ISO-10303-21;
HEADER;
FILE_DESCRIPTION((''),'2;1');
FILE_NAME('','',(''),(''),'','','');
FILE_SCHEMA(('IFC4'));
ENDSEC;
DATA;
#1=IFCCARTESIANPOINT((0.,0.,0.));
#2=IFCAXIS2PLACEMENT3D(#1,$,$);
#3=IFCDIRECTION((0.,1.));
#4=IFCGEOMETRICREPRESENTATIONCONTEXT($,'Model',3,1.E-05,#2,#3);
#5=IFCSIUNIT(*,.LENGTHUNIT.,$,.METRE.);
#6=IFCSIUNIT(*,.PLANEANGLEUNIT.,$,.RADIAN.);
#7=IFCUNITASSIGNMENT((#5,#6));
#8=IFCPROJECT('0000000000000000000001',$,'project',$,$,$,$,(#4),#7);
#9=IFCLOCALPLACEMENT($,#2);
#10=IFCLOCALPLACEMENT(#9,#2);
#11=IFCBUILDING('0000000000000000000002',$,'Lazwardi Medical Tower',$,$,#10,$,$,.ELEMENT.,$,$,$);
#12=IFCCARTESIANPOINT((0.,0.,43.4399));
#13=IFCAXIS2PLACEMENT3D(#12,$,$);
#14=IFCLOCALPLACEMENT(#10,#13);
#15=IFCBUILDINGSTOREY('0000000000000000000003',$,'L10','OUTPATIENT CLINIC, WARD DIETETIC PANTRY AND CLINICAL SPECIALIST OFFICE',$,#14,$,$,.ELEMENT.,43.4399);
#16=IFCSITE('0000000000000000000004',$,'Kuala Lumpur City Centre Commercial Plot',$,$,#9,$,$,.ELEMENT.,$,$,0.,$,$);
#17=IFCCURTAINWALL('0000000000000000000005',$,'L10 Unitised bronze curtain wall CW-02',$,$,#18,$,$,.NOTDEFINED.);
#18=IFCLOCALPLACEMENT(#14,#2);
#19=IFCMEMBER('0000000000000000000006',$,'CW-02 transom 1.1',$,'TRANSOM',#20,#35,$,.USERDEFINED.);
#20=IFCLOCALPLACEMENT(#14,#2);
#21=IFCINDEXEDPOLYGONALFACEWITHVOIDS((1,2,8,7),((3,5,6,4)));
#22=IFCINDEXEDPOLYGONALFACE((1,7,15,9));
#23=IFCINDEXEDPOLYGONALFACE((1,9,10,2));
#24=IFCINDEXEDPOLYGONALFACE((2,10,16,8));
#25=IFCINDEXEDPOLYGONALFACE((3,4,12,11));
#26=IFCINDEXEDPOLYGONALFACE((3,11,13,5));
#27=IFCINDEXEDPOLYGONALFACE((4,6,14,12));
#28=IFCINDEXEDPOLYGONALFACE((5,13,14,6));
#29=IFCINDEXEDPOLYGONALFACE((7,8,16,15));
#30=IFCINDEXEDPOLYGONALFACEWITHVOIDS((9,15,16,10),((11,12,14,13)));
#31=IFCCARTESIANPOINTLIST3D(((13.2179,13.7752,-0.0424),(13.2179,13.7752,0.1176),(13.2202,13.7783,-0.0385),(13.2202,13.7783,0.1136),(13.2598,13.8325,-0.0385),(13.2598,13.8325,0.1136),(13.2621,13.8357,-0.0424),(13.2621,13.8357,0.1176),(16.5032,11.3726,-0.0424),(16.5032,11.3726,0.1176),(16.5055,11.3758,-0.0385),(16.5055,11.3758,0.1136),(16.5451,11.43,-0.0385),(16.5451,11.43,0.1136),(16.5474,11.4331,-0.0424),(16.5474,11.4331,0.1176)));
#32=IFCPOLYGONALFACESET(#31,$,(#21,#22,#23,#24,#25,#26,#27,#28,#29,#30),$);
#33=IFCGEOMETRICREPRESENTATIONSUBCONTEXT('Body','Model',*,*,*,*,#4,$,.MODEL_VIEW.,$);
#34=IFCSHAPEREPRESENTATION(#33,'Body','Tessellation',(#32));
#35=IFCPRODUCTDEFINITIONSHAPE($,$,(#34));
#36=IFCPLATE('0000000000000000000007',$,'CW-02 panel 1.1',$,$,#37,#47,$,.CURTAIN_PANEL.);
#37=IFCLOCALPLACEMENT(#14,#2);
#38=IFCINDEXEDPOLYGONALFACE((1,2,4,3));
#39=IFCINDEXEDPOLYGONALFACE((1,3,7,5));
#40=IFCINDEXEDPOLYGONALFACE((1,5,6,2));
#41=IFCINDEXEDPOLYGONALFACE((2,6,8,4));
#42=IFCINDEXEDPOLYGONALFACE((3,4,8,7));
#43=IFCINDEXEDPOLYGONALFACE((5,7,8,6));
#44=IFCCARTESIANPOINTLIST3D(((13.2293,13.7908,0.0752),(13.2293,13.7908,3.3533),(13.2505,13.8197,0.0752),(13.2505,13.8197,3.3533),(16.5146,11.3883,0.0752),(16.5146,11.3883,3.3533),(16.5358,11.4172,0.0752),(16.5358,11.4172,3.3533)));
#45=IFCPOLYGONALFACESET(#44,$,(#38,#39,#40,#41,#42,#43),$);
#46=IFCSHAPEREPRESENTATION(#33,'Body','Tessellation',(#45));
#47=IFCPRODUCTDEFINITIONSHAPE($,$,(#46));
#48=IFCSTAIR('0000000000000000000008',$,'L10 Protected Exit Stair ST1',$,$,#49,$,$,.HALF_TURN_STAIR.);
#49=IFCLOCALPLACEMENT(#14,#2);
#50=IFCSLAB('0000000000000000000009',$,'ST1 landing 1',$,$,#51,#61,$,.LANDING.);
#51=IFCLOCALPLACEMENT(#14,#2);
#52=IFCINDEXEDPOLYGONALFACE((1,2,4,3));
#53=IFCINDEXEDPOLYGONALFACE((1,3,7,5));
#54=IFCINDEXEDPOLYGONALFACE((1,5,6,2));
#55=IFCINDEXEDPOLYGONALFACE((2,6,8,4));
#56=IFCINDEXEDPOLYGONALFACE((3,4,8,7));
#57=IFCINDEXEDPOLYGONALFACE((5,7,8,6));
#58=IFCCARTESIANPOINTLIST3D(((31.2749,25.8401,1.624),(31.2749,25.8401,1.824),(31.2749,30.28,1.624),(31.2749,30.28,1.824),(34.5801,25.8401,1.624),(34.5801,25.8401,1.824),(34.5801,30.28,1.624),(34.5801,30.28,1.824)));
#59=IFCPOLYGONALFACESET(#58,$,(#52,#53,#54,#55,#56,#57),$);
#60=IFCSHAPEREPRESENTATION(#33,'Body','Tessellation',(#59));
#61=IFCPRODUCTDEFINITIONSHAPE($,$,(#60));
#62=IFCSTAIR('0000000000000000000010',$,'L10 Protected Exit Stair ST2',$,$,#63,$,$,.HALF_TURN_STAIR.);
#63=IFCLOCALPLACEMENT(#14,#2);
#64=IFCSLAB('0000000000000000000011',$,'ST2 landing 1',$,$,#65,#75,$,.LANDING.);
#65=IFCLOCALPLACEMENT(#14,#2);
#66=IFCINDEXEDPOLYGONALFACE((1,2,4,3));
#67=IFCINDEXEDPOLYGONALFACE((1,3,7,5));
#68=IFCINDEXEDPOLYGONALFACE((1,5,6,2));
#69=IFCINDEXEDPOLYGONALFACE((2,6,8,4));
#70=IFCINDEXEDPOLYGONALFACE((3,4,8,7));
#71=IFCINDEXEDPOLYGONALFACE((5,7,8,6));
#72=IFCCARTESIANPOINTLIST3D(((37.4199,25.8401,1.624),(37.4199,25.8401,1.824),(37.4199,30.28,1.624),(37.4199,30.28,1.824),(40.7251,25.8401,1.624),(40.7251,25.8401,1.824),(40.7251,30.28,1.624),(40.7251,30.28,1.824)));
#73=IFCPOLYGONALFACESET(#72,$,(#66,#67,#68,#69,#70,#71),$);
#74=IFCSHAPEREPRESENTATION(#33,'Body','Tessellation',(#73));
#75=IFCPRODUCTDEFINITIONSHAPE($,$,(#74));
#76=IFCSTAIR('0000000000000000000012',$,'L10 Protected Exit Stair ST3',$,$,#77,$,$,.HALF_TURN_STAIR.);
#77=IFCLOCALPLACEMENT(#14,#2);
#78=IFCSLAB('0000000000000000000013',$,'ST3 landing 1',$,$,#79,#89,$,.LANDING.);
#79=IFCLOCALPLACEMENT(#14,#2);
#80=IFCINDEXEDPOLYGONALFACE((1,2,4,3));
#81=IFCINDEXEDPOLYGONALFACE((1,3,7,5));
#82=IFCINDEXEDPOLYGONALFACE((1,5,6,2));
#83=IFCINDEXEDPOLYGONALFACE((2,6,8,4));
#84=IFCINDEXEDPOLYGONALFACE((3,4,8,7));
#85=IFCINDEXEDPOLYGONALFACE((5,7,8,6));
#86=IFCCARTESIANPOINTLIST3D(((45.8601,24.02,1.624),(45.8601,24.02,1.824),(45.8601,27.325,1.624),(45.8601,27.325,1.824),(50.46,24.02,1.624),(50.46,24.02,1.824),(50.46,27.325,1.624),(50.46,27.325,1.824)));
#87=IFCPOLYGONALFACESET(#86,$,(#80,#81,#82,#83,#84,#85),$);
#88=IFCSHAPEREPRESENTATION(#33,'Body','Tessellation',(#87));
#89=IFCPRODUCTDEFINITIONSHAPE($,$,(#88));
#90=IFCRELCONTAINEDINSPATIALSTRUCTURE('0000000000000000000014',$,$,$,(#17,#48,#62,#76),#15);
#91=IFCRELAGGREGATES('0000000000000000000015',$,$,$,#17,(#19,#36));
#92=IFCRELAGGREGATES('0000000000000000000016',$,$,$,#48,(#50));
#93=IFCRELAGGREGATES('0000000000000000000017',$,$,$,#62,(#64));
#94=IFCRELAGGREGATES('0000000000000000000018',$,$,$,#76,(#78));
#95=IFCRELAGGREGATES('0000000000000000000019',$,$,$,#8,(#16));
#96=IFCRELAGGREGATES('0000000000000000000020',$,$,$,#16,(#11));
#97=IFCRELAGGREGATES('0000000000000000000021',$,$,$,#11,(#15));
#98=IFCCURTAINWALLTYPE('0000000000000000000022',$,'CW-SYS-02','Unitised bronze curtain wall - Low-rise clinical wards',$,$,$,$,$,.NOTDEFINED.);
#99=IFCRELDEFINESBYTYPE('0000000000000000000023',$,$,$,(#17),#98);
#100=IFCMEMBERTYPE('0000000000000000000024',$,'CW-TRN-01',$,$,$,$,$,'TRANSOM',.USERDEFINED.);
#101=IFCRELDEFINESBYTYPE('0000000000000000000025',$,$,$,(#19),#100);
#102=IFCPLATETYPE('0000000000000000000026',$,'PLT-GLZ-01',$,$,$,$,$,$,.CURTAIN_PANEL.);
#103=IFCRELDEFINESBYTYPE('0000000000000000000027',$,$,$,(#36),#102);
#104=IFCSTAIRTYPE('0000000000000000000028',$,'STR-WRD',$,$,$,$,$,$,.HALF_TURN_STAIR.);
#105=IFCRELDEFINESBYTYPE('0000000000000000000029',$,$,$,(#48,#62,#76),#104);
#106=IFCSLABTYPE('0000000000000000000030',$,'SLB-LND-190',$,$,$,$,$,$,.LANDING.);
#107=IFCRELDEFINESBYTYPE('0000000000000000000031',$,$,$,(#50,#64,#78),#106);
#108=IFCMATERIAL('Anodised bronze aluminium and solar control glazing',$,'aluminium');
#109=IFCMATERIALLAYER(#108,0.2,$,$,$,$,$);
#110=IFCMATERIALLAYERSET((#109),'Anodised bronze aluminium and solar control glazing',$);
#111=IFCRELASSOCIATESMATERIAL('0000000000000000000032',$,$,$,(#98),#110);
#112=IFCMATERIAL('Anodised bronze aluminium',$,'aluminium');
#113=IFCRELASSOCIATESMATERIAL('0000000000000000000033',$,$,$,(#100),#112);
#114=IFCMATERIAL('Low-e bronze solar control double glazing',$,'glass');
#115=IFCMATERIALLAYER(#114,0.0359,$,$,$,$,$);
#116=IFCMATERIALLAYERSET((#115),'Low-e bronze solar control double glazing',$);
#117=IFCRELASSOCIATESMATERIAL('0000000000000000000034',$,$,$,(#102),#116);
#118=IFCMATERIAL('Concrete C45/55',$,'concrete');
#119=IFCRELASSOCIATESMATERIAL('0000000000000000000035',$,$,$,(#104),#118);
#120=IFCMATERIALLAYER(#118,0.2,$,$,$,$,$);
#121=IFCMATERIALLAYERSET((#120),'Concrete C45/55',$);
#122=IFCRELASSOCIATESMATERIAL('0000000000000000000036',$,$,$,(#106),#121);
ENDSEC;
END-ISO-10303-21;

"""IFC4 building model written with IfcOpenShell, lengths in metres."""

from ifc_helpers import new_model, si_unit, direction, frame, origin, origin_2d, place, context, subcontext, project, spatial, polyline, rectangle, hollow_rectangle, outline, extrude, material, layer, layer_set, material_profile, profile_set, type_object, element, aggregate, save


model = new_model("IFC4")

# Units and contexts
model_context = context("Model", 3, precision=1e-05, world=origin(), true_north=direction((0.0, 1.0)))
body_context = subcontext(model_context, "Body", "Model", "MODEL_VIEW")
ifc_project = project(units=[si_unit("LENGTHUNIT", "METRE"), si_unit("PLANEANGLEUNIT", "RADIAN")], contexts=[model_context])

# Site, building, storey
site_placement = place(None, origin())
site = spatial("IfcSite", under=ifc_project, at=site_placement, Name="Kuala Lumpur City Centre Commercial Plot", CompositionType="ELEMENT", RefElevation=0.0)
building_placement = place(site_placement, origin())
building = spatial("IfcBuilding", under=site, at=building_placement, Name="Lazwardi Medical Tower", CompositionType="ELEMENT")
storey_placement = place(building_placement, frame((0.0, 0.0, 43.4399)))
storey = spatial("IfcBuildingStorey", under=building, at=storey_placement, Name="L10", Description="OUTPATIENT CLINIC, WARD DIETETIC PANTRY AND CLINICAL SPECIALIST OFFICE", CompositionType="ELEMENT", Elevation=43.4399)

# Curtain wall, member, plate
ifc_material_1 = material(Name="Anodised bronze aluminium and solar control glazing", Category="aluminium")
ifc_layer_1 = layer(ifc_material_1, 0.2)
ifc_layer_set_1 = layer_set([ifc_layer_1], Name="Anodised bronze aluminium and solar control glazing")
curtain_wall_type = type_object("IfcCurtainWallType", Name="CW-SYS-02", Description="Unitised bronze curtain wall - Low-rise clinical wards", PredefinedType="NOTDEFINED", material=ifc_layer_set_1)
curtain_wall_placement = place(storey_placement, origin())
curtain_wall = element("IfcCurtainWall", 1, at=curtain_wall_placement, inside=storey, type_object=curtain_wall_type, Name="L10 Unitised bronze curtain wall CW-02", PredefinedType="NOTDEFINED")
ifc_material_2 = material(Name="Anodised bronze aluminium", Category="aluminium")
ifc_material_profile = material_profile(ifc_material_2, hollow_rectangle(XDim=0.075, YDim=0.1599, WallThickness=0.0039, at=origin_2d()), Name="ALU-TRANSOM 160x75x4")
ifc_profile_set = profile_set([ifc_material_profile], Name="Anodised bronze aluminium")
member_type = type_object("IfcMemberType", Name="CW-TRN-01", ElementType="TRANSOM", PredefinedType="USERDEFINED", material=ifc_profile_set)
member_placement = place(storey_placement, frame((13.24, 13.8054, 0.0376), z_axis=(0.80719, -0.590292, 0.0), x_axis=(0.590292, 0.80719, 0.0)))
member = element("IfcMember", 2, at=member_placement, type_object=member_type, Name="CW-02 transom 1.1", ObjectType="TRANSOM", PredefinedType="USERDEFINED", context=body_context, shape_type="SweptSolid", body=[
    extrude(hollow_rectangle(XDim=0.075, YDim=0.1599, WallThickness=0.0039, at=origin_2d()), origin(), (0.0, 0.0, 1.0), 4.0701),
])
ifc_material_3 = material(Name="Low-e bronze solar control double glazing", Category="glass")
ifc_layer_2 = layer(ifc_material_3, 0.0359)
ifc_layer_set_2 = layer_set([ifc_layer_2], Name="Low-e bronze solar control double glazing")
plate_type = type_object("IfcPlateType", Name="PLT-GLZ-01", PredefinedType="CURTAIN_PANEL", material=ifc_layer_set_2)
plate_placement = place(storey_placement, frame((14.8826, 12.604, 0.0752), z_axis=(0.0, 0.0, 1.0), x_axis=(0.807192, -0.590289, 0.0)))
plate = element("IfcPlate", 3, at=plate_placement, type_object=plate_type, Name="CW-02 panel 1.1", PredefinedType="CURTAIN_PANEL", context=body_context, shape_type="SweptSolid", body=[
    extrude(rectangle(XDim=4.0701, YDim=0.0359, at=origin_2d()), origin(), (0.0, 0.0, 1.0), 3.2781),
])
aggregate(curtain_wall, [member, plate])

# Stairs, slabs
ifc_material_4 = material(Name="Concrete C45/55", Category="concrete")
stair_type = type_object("IfcStairType", Name="STR-WRD", PredefinedType="HALF_TURN_STAIR", material=ifc_material_4)
stair_1_placement = place(storey_placement, origin())
stair_1 = element("IfcStair", 4, at=stair_1_placement, inside=storey, type_object=stair_type, Name="L10 Protected Exit Stair ST1", PredefinedType="HALF_TURN_STAIR")
ifc_layer_3 = layer(ifc_material_4, 0.2)
ifc_layer_set_3 = layer_set([ifc_layer_3], Name="Concrete C45/55")
slab_type_1 = type_object("IfcSlabType", Name="SLB-LND-190", PredefinedType="LANDING", material=ifc_layer_set_3)
slab_1_placement = place(storey_placement, frame((0.0, 0.0, 1.624)))
slab_1 = element("IfcSlab", 5, at=slab_1_placement, type_object=slab_type_1, Name="ST1 landing 1", PredefinedType="LANDING", context=body_context, shape_type="SweptSolid", body=[
    extrude(outline(polyline([(31.2749, 25.8401), (34.5801, 25.8401), (34.5801, 30.28), (31.2749, 30.28), (31.2749, 25.8401)])), origin(), (0.0, 0.0, 1.0), 0.2),
])
aggregate(stair_1, [slab_1])
stair_2_placement = place(storey_placement, origin())
stair_2 = element("IfcStair", 6, at=stair_2_placement, inside=storey, type_object=stair_type, Name="L10 Protected Exit Stair ST2", PredefinedType="HALF_TURN_STAIR")
slab_2_placement = place(storey_placement, frame((0.0, 0.0, 1.624)))
slab_2 = element("IfcSlab", 7, at=slab_2_placement, type_object=slab_type_1, Name="ST2 landing 1", PredefinedType="LANDING", context=body_context, shape_type="SweptSolid", body=[
    extrude(outline(polyline([(40.7251, 30.28), (37.4199, 30.28), (37.4199, 25.8401), (40.7251, 25.8401), (40.7251, 30.28)])), origin(), (0.0, 0.0, 1.0), 0.2),
])
aggregate(stair_2, [slab_2])
stair_3_placement = place(storey_placement, origin())
stair_3 = element("IfcStair", 8, at=stair_3_placement, inside=storey, type_object=stair_type, Name="L10 Protected Exit Stair ST3", PredefinedType="HALF_TURN_STAIR")
slab_3_placement = place(storey_placement, frame((0.0, 0.0, 1.624)))
slab_3 = element("IfcSlab", 9, at=slab_3_placement, type_object=slab_type_1, Name="ST3 landing 1", PredefinedType="LANDING", context=body_context, shape_type="SweptSolid", body=[
    extrude(outline(polyline([(45.8601, 27.325), (45.8601, 24.02), (50.46, 24.02), (50.46, 27.325), (45.8601, 27.325)])), origin(), (0.0, 0.0, 1.0), 0.2),
])
aggregate(stair_3, [slab_3])

save(model, "model.ifc")
